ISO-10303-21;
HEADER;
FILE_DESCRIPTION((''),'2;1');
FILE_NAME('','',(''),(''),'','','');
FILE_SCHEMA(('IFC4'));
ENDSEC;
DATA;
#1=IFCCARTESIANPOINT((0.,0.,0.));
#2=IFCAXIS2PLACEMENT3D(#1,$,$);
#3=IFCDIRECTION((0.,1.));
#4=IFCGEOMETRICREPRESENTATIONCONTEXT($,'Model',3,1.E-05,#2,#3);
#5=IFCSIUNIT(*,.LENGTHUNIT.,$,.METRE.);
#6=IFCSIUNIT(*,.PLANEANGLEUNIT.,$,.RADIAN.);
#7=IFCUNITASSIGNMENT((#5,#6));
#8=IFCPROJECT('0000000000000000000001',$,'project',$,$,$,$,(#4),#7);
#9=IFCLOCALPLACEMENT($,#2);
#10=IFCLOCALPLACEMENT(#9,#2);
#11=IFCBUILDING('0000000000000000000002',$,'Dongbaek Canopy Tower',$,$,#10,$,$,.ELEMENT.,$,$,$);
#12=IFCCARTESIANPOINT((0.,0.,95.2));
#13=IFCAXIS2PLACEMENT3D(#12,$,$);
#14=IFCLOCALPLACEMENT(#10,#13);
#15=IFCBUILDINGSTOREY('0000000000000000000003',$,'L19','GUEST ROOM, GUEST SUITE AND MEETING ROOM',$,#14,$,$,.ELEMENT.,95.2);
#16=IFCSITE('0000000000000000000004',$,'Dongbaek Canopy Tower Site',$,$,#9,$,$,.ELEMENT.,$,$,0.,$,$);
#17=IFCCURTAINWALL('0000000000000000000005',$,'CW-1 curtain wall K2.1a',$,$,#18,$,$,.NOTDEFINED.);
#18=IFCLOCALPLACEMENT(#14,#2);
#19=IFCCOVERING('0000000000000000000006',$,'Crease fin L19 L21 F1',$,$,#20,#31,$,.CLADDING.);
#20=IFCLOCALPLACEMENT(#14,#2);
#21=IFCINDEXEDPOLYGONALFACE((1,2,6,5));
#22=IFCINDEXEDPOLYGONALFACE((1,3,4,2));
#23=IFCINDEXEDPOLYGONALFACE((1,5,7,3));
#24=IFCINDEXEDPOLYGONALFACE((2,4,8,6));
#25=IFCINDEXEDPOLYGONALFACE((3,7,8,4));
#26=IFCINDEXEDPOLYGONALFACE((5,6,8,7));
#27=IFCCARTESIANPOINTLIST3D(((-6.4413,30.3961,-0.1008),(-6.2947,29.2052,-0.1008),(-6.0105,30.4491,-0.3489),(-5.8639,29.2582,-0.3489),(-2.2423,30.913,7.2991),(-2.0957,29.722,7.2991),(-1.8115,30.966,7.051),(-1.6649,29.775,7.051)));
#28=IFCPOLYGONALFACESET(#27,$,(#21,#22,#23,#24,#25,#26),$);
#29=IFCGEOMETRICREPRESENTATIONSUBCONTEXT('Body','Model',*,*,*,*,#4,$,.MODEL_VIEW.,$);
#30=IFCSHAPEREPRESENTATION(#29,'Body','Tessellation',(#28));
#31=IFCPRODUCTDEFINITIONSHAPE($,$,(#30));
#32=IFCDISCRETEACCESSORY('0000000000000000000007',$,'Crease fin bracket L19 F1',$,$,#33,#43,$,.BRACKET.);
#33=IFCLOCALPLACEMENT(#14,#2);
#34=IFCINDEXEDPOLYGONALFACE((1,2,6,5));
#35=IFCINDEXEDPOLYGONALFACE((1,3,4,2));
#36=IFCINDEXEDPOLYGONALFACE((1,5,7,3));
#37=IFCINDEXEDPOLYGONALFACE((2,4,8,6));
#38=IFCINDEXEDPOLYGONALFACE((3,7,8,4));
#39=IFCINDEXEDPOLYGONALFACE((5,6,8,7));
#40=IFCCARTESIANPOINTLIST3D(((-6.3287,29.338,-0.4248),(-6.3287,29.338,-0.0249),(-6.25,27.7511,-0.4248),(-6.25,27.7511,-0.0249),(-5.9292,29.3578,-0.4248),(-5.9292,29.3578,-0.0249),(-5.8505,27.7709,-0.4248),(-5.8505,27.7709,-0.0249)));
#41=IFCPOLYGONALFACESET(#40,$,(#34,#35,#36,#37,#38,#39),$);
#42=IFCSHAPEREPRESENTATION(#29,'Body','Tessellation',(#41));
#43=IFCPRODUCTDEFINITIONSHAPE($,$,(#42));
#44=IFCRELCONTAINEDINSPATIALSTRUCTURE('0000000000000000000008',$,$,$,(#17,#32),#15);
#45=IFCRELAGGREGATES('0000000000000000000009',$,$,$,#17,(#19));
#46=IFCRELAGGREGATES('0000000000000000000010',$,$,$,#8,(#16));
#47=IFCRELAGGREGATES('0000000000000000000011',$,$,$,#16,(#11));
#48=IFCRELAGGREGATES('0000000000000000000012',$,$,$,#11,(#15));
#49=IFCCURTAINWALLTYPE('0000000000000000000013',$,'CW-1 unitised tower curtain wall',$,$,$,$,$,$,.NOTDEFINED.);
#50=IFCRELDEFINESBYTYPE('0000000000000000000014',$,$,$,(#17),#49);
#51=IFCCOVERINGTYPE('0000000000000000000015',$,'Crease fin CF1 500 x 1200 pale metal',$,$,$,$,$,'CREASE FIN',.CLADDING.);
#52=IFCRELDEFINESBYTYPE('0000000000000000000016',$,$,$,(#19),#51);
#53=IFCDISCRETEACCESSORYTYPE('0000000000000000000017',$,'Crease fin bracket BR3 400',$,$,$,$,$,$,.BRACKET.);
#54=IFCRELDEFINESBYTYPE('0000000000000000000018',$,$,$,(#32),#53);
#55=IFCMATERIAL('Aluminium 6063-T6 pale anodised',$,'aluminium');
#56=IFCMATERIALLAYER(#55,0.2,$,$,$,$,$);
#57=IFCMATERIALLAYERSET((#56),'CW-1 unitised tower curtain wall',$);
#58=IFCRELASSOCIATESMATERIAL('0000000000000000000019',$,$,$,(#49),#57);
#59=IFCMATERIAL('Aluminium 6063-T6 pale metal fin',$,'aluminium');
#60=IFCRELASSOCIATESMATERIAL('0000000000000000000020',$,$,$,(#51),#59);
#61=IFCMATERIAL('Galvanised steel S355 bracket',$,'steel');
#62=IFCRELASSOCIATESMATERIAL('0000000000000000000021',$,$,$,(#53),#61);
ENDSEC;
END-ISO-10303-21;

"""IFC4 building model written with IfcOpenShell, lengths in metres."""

from ifc_helpers import new_model, si_unit, direction, frame, origin, origin_2d, place, context, subcontext, project, spatial, rectangle, extrude, material, layer, layer_set, material_profile, profile_set, type_object, element, aggregate, save


model = new_model("IFC4")

# Units and contexts
model_context = context("Model", 3, precision=1e-05, world=origin(), true_north=direction((0.0, 1.0)))
body_context = subcontext(model_context, "Body", "Model", "MODEL_VIEW")
ifc_project = project(units=[si_unit("LENGTHUNIT", "METRE"), si_unit("PLANEANGLEUNIT", "RADIAN")], contexts=[model_context])

# Site, building, storey
site_placement = place(None, origin())
site = spatial("IfcSite", under=ifc_project, at=site_placement, Name="Dongbaek Canopy Tower Site", CompositionType="ELEMENT", RefElevation=0.0)
building_placement = place(site_placement, origin())
building = spatial("IfcBuilding", under=site, at=building_placement, Name="Dongbaek Canopy Tower", CompositionType="ELEMENT")
storey_placement = place(building_placement, frame((0.0, 0.0, 95.2)))
storey = spatial("IfcBuildingStorey", under=building, at=storey_placement, Name="L19", Description="GUEST ROOM, GUEST SUITE AND MEETING ROOM", CompositionType="ELEMENT", Elevation=95.2)

# Curtain wall
ifc_material_1 = material(Name="Aluminium 6063-T6 pale anodised", Category="aluminium")
ifc_layer_1 = layer(ifc_material_1, 0.2)
ifc_layer_set_1 = layer_set([ifc_layer_1], Name="CW-1 unitised tower curtain wall")
curtain_wall_type = type_object("IfcCurtainWallType", Name="CW-1 unitised tower curtain wall", PredefinedType="NOTDEFINED", material=ifc_layer_set_1)
curtain_wall_placement = place(storey_placement, origin())
curtain_wall = element("IfcCurtainWall", 1, at=curtain_wall_placement, inside=storey, type_object=curtain_wall_type, Name="CW-1 curtain wall K2.1a", PredefinedType="NOTDEFINED")

# Covering
ifc_material_2 = material(Name="Aluminium 6063-T6 pale metal fin", Category="aluminium")
ifc_material_profile_1 = material_profile(ifc_material_2, rectangle(XDim=1.2, YDim=0.5, at=origin_2d()), Name="Crease fin CF1 500 x 1200 pale metal")
ifc_profile_set_1 = profile_set([ifc_material_profile_1], Name="Aluminium 6063-T6 pale metal fin")
covering_type = type_object("IfcCoveringType", Name="Crease fin CF1 500 x 1200 pale metal", ElementType="CREASE FIN", PredefinedType="CLADDING", material=ifc_profile_set_1)
covering_placement = place(storey_placement, frame((-6.1526, 29.8271, -0.2249), z_axis=(0.492611, 0.060635, 0.868135), x_axis=(-0.122167, 0.99251, 0.0)))
covering = element("IfcCovering", 2, at=covering_placement, type_object=covering_type, Name="Crease fin L19 L21 F1", PredefinedType="CLADDING", context=body_context, shape_type="SweptSolid", body=[
    extrude(rectangle(XDim=1.2, YDim=0.5, at=origin_2d()), origin(), (0.0, 0.0, 1.0), 8.5239),
])
aggregate(curtain_wall, [covering])

# Discrete accessory
ifc_material_3 = material(Name="Galvanised steel S355 bracket", Category="steel")
discrete_accessory_type = type_object("IfcDiscreteAccessoryType", Name="Crease fin bracket BR3 400", PredefinedType="BRACKET", material=ifc_material_3)
discrete_accessory_placement = place(storey_placement, frame((-6.0896, 28.5544, -0.4248), z_axis=(0.0, 0.0, 1.0), x_axis=(-0.049538, 0.998772, 0.0)))
element("IfcDiscreteAccessory", 3, at=discrete_accessory_placement, inside=storey, type_object=discrete_accessory_type, Name="Crease fin bracket L19 F1", PredefinedType="BRACKET", context=body_context, shape_type="SweptSolid", body=[
    extrude(rectangle(XDim=1.5889, YDim=0.3999, at=origin_2d()), origin(), (0.0, 0.0, 1.0), 0.3999),
])

save(model, "model.ifc")
